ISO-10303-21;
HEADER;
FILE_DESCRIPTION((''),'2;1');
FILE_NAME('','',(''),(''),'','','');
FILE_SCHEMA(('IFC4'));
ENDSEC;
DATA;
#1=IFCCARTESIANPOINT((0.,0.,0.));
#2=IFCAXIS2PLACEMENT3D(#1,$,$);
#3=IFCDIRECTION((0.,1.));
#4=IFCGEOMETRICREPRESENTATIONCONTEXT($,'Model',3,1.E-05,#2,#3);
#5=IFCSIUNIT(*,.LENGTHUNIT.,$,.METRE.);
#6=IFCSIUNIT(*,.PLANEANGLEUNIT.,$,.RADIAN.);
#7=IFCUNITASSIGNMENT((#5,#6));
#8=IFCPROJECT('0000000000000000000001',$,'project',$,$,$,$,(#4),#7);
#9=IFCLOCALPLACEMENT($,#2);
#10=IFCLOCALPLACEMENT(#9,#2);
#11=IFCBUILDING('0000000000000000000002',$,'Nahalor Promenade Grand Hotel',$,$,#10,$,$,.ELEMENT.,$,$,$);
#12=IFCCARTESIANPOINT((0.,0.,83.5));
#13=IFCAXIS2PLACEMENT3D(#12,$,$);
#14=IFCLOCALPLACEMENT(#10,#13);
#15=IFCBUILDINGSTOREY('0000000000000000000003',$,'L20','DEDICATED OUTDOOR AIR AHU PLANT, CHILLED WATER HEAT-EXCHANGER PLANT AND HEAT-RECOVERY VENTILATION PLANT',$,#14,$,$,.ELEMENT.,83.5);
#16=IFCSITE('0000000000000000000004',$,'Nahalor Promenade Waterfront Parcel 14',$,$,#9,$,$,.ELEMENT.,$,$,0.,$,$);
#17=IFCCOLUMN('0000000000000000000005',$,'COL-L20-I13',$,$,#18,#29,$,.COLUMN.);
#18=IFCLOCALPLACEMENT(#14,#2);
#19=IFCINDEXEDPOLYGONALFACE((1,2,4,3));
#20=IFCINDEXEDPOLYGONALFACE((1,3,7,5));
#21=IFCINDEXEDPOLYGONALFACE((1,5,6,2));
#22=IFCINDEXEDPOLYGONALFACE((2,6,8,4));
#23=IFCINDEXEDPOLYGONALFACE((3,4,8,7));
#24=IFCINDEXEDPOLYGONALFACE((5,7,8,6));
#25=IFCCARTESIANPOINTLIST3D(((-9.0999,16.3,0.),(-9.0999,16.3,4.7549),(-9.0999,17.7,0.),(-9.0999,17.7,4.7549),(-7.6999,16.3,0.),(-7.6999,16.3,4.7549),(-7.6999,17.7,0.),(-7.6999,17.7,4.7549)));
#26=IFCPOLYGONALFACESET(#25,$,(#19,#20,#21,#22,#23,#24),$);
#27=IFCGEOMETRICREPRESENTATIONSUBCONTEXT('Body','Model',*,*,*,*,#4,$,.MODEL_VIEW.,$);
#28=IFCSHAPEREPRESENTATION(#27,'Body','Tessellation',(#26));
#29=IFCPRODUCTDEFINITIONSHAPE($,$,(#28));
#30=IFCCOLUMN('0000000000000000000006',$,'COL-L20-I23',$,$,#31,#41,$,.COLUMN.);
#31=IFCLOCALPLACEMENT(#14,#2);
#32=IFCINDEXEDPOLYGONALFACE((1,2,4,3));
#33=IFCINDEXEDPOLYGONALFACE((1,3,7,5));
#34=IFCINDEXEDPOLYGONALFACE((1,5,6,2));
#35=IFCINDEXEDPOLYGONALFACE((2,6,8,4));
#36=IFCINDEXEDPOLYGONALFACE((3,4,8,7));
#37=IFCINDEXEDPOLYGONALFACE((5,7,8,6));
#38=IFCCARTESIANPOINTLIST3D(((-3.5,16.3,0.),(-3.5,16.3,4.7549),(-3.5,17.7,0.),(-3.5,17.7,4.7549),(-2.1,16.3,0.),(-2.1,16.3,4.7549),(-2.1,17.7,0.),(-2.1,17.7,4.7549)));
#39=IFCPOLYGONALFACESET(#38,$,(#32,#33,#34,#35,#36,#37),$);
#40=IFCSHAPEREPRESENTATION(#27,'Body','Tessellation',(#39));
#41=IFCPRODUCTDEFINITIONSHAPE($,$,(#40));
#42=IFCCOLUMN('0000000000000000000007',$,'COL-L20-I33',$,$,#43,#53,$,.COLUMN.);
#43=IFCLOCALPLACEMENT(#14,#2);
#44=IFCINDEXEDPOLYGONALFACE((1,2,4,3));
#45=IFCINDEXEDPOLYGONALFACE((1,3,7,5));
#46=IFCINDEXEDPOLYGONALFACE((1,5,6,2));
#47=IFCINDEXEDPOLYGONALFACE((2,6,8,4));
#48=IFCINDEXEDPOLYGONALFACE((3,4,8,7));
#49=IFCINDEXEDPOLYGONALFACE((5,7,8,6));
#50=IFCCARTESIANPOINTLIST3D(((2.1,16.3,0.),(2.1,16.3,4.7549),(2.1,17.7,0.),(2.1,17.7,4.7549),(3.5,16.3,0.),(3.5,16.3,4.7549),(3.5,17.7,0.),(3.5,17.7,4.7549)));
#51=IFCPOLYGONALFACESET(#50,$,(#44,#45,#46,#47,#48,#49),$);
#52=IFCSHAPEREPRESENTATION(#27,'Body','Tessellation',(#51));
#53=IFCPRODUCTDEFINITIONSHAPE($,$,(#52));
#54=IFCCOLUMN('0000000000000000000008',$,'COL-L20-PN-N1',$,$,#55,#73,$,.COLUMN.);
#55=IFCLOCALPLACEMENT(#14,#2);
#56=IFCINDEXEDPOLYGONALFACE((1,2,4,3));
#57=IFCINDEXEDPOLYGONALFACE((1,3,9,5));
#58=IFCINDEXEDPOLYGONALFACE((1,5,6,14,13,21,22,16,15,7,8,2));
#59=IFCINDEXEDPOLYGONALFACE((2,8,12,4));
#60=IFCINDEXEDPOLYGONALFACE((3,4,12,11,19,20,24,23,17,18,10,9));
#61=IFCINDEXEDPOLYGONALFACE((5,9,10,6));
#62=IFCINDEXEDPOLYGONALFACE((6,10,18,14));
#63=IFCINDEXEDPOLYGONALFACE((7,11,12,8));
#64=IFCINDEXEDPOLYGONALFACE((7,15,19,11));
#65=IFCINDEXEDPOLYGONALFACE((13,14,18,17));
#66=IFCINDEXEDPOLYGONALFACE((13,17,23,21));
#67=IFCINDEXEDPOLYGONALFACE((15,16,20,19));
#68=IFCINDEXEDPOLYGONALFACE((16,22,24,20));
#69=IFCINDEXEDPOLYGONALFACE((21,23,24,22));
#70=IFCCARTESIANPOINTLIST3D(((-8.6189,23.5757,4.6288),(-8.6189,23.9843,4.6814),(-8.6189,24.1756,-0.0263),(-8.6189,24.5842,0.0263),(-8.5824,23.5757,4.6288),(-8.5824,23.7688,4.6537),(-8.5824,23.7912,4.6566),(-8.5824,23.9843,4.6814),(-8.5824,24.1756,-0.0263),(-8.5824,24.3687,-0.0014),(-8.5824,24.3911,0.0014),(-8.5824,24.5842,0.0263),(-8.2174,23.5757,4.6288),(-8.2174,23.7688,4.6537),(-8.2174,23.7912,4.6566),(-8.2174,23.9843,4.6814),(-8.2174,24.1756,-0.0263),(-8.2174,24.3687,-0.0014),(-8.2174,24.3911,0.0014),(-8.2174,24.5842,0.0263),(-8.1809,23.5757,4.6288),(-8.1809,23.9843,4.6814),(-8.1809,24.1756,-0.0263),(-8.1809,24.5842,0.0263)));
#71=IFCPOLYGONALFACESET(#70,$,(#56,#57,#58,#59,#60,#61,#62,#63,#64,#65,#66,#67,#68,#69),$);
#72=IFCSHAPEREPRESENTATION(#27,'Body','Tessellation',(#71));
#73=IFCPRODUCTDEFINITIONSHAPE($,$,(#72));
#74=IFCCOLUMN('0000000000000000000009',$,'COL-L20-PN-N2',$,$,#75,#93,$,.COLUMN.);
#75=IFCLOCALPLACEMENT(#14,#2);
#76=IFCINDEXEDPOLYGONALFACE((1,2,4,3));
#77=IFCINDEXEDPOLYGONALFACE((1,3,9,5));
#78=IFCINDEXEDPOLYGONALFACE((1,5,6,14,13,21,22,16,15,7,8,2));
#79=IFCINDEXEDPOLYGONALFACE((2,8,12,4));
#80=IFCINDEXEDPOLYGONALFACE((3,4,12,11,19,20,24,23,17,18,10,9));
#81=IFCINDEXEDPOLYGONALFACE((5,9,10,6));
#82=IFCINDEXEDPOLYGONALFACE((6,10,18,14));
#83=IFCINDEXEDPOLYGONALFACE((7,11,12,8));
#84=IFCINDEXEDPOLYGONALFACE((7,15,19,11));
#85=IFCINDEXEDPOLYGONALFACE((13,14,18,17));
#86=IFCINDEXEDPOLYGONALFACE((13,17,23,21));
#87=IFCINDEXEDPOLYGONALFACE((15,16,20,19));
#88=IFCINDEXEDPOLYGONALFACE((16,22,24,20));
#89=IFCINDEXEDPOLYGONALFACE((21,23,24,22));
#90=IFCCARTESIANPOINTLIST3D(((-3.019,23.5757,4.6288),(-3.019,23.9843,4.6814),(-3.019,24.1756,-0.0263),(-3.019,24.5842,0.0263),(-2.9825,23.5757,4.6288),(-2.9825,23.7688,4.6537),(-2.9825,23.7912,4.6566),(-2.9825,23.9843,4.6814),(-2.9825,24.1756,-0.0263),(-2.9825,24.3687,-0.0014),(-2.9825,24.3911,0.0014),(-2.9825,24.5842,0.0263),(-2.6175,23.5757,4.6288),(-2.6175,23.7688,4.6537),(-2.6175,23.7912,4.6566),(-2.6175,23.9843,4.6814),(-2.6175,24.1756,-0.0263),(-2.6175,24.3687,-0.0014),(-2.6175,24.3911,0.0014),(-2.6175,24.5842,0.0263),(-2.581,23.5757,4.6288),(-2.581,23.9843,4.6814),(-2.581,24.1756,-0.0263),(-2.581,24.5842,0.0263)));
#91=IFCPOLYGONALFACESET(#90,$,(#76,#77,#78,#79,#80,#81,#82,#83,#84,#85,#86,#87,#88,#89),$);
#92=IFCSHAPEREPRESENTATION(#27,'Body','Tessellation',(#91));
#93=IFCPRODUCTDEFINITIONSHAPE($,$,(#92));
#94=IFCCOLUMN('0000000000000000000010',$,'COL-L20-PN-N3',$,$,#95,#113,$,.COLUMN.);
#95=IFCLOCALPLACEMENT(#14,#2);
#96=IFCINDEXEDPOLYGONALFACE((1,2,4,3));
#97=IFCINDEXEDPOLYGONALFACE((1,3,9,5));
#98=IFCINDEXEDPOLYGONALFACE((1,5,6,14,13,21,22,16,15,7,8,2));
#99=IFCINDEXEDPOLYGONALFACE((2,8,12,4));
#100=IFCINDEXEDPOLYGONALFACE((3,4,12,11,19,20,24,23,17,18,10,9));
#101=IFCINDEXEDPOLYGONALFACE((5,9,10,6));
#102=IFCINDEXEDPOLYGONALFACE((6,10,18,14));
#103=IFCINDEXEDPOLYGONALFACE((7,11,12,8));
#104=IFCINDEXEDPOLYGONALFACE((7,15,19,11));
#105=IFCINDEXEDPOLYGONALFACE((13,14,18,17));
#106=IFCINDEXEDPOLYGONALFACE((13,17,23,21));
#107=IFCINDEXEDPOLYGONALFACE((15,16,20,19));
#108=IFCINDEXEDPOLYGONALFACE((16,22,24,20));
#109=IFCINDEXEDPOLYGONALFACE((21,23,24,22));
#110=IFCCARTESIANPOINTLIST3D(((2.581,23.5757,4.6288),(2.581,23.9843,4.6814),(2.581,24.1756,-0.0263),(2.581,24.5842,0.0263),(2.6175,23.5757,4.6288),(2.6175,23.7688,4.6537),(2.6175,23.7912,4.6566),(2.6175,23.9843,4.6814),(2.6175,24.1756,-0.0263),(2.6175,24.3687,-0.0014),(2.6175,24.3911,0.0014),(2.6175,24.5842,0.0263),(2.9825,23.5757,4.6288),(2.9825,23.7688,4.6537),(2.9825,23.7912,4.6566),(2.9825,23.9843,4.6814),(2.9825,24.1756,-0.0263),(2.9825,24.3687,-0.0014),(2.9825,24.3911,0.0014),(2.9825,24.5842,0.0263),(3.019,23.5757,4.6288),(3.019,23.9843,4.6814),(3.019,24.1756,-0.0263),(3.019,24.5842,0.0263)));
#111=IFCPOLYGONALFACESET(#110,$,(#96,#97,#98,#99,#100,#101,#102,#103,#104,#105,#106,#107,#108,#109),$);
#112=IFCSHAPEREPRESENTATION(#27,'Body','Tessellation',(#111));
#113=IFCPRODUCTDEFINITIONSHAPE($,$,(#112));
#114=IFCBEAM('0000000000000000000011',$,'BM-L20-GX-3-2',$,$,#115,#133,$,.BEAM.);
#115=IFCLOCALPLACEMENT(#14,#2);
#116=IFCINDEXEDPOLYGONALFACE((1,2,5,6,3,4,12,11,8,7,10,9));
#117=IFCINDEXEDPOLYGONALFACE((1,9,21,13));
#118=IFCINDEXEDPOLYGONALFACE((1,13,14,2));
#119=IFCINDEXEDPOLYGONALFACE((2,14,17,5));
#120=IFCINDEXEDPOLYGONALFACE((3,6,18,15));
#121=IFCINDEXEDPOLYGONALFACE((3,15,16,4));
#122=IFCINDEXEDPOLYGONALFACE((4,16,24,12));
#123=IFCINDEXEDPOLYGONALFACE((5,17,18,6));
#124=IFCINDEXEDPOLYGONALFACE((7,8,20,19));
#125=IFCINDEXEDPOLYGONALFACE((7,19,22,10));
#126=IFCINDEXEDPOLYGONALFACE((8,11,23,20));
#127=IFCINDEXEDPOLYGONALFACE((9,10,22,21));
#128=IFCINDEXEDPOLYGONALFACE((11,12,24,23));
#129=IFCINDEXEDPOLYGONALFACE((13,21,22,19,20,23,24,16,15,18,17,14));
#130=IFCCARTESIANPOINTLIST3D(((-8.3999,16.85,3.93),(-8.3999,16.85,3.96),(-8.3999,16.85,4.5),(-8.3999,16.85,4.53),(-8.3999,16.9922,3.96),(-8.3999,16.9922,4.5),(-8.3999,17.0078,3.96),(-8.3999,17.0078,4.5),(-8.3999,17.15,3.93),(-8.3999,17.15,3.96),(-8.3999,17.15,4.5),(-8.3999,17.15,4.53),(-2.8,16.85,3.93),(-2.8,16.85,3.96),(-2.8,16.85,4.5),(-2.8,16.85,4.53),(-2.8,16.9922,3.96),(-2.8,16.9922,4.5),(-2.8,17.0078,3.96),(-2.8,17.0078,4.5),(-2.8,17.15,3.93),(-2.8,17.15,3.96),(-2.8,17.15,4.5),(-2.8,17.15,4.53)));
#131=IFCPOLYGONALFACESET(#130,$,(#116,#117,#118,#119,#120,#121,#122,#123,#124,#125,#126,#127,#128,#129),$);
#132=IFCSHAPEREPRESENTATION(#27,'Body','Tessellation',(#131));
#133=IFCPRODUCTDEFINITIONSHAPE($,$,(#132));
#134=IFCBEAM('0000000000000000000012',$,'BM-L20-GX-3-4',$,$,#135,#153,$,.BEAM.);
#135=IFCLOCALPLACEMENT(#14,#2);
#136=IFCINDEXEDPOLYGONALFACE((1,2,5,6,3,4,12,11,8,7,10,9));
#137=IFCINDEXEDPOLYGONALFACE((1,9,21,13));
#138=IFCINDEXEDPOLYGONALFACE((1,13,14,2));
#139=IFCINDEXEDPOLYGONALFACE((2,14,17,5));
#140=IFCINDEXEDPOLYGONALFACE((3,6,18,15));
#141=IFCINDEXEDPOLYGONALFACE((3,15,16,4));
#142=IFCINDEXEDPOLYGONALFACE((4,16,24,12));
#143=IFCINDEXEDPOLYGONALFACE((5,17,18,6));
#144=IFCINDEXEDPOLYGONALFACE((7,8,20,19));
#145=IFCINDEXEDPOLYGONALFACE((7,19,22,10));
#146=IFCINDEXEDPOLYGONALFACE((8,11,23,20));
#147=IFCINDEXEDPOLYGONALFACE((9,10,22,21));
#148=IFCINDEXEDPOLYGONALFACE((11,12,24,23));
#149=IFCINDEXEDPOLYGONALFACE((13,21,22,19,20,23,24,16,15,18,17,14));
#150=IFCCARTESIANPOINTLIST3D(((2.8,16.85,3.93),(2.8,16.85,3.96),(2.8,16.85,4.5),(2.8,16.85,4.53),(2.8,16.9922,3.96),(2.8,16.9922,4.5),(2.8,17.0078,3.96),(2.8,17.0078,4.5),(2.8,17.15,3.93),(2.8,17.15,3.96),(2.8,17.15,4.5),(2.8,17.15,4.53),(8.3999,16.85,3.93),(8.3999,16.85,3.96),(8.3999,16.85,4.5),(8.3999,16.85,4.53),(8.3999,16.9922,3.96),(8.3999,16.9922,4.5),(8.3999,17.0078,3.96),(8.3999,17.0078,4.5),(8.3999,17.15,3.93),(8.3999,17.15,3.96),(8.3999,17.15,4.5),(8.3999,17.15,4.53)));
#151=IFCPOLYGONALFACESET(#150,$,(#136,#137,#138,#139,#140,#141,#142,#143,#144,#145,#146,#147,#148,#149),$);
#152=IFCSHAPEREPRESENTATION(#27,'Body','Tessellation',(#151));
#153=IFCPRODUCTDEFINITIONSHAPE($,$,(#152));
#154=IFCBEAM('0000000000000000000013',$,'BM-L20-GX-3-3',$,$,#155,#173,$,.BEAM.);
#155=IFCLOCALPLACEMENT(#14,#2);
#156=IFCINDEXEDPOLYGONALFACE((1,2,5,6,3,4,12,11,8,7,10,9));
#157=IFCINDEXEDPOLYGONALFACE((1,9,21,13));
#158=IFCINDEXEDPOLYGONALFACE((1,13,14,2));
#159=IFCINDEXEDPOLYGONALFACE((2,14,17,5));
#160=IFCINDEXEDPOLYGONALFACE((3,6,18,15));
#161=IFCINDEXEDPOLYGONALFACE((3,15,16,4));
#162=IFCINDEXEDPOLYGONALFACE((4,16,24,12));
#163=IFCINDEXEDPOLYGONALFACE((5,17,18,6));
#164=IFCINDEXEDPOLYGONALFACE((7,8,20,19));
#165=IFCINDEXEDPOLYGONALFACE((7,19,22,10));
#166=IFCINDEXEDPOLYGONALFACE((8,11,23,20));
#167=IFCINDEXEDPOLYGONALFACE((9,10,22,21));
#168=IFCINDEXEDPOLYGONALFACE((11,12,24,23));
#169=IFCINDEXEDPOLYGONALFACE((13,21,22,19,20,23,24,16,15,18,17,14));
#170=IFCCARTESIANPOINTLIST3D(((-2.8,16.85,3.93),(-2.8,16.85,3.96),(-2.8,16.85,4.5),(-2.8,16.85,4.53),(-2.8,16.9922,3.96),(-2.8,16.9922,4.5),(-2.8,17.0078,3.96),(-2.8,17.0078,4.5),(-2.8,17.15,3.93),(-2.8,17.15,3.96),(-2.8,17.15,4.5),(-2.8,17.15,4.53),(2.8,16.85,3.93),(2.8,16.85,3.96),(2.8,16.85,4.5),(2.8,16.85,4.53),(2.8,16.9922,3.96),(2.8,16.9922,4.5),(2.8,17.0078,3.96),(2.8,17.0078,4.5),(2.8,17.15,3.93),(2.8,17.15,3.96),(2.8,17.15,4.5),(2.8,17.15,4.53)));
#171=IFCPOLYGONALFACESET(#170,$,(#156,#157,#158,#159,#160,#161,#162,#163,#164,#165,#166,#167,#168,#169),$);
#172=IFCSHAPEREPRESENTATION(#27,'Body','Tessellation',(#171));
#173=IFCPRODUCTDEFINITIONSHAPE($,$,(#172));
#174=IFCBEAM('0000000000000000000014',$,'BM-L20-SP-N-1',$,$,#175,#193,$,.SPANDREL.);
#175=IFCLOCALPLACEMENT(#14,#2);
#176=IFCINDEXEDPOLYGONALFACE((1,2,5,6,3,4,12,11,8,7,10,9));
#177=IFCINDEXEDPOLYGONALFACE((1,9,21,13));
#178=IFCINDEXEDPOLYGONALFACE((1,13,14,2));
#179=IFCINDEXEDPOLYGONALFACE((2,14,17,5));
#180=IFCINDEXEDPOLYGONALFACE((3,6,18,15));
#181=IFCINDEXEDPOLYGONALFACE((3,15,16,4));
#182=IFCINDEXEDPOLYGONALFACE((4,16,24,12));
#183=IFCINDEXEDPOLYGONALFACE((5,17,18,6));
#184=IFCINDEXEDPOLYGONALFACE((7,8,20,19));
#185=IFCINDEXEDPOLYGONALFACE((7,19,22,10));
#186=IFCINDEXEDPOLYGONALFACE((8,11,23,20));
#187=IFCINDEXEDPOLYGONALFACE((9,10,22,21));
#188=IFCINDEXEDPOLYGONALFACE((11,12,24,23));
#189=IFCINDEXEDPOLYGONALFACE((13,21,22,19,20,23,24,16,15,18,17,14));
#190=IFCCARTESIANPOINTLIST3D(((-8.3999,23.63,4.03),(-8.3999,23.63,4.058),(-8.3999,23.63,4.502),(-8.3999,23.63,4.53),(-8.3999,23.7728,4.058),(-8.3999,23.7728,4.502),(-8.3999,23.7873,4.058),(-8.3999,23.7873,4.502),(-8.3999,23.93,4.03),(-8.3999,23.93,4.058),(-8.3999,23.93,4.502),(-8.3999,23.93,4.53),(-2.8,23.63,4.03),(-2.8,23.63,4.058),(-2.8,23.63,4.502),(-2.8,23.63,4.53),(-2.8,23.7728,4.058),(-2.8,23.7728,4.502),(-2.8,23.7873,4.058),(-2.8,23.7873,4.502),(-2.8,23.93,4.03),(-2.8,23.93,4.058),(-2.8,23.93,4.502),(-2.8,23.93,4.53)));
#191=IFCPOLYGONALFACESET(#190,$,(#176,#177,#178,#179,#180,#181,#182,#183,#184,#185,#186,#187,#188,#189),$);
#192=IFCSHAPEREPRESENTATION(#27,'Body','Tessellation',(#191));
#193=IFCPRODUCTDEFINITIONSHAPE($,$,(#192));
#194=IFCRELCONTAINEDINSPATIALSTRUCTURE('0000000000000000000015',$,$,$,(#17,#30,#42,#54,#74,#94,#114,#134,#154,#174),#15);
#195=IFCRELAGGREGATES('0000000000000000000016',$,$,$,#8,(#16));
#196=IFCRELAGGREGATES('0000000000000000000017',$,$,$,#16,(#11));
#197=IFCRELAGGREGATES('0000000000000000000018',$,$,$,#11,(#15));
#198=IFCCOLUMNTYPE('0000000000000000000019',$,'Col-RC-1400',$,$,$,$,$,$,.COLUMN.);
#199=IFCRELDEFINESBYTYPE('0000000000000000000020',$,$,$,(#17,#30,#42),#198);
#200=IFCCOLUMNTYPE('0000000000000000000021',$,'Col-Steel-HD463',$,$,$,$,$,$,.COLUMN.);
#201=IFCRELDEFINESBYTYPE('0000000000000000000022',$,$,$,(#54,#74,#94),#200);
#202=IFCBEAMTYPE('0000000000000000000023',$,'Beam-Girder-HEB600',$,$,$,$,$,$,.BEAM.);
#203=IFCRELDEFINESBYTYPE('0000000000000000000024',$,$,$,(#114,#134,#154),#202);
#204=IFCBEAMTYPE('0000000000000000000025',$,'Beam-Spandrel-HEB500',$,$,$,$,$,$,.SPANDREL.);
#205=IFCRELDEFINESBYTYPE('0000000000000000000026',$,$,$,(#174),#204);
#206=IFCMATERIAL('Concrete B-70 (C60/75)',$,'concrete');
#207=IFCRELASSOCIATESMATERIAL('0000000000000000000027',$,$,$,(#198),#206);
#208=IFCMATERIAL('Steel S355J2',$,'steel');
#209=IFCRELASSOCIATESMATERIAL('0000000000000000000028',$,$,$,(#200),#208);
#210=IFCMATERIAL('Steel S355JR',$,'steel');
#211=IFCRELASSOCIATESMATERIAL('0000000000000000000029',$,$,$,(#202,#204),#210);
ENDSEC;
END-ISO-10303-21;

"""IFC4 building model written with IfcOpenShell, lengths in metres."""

from ifc_helpers import new_model, si_unit, direction, frame, origin, origin_2d, place, context, subcontext, project, spatial, rectangle, i_section, extrude, source, transform, mapped, material, material_profile, profile_set, type_object, element, save


model = new_model("IFC4")

# Units and contexts
model_context = context("Model", 3, precision=1e-05, world=origin(), true_north=direction((0.0, 1.0)))
body_context = subcontext(model_context, "Body", "Model", "MODEL_VIEW")
ifc_project = project(units=[si_unit("LENGTHUNIT", "METRE"), si_unit("PLANEANGLEUNIT", "RADIAN")], contexts=[model_context])

# Site, building, storey
site_placement = place(None, origin())
site = spatial("IfcSite", under=ifc_project, at=site_placement, Name="Nahalor Promenade Waterfront Parcel 14", CompositionType="ELEMENT", RefElevation=0.0)
building_placement = place(site_placement, origin())
building = spatial("IfcBuilding", under=site, at=building_placement, Name="Nahalor Promenade Grand Hotel", CompositionType="ELEMENT")
storey_placement = place(building_placement, frame((0.0, 0.0, 83.5)))
storey = spatial("IfcBuildingStorey", under=building, at=storey_placement, Name="L20", Description="DEDICATED OUTDOOR AIR AHU PLANT, CHILLED WATER HEAT-EXCHANGER PLANT AND HEAT-RECOVERY VENTILATION PLANT", CompositionType="ELEMENT", Elevation=83.5)

# Columns
ifc_material_1 = material(Name="Concrete B-70 (C60/75)", Category="concrete")
ifc_material_profile_1 = material_profile(ifc_material_1, rectangle(XDim=1.4, YDim=1.4, at=origin_2d()), Name="RC 1400x1400")
ifc_profile_set_1 = profile_set([ifc_material_profile_1], Name="Concrete B-70 (C60/75)")
column_type_1 = type_object("IfcColumnType", Name="Col-RC-1400", PredefinedType="COLUMN", material=ifc_profile_set_1)
shared_shape_1 = source(origin(), body_context, "Body", "SweptSolid", [
    extrude(rectangle(XDim=1.4, YDim=1.4, at=origin_2d()), origin(), (0.0, 0.0, 1.0), 4.7549),
])
for number, where, z_axis, x_axis, name in (
    (1, (-8.3999, 17.0, 0.0), (0.0, 0.0, 1.0), (1.0, 0.0, 0.0), "COL-L20-I13"),
    (2, (-2.8, 17.0, 0.0), (0.0, 0.0, 1.0), (1.0, 0.0, 0.0), "COL-L20-I23"),
    (3, (2.8, 17.0, 0.0), (0.0, 0.0, 1.0), (1.0, 0.0, 0.0), "COL-L20-I33"),
):
    element("IfcColumn", number, at=place(storey_placement, frame(where, z_axis=z_axis, x_axis=x_axis)), inside=storey, type_object=column_type_1, Name=name, PredefinedType="COLUMN", context=body_context, shape_type="MappedRepresentation", body=[
        mapped(shared_shape_1, transform((0.0, 0.0, 0.0), scale=1.0)),
    ])
ifc_material_2 = material(Name="Steel S355J2", Category="steel")
ifc_material_profile_2 = material_profile(ifc_material_2, i_section(OverallWidth=0.412, OverallDepth=0.438, WebThickness=0.0226, FlangeThickness=0.0365, at=origin_2d()), Name="HD 400x463")
ifc_profile_set_2 = profile_set([ifc_material_profile_2], Name="Steel S355J2")
column_type_2 = type_object("IfcColumnType", Name="Col-Steel-HD463", PredefinedType="COLUMN", material=ifc_profile_set_2)
shared_shape_2 = source(origin(), body_context, "Body", "SweptSolid", [
    extrude(i_section(OverallWidth=0.412, OverallDepth=0.438, WebThickness=0.0226, FlangeThickness=0.0365, at=origin_2d()), origin(), (0.0, 0.0, 1.0), 4.6936),
])
for number, where, z_axis, x_axis, name in (
    (4, (-8.3999, 24.3799, 0.0), (0.0, -0.127805, 0.991799), (0.0, 0.991799, 0.127805), "COL-L20-PN-N1"),
    (5, (-2.8, 24.3799, 0.0), (0.0, -0.127805, 0.991799), (0.0, 0.991799, 0.127805), "COL-L20-PN-N2"),
    (6, (2.8, 24.3799, 0.0), (0.0, -0.127805, 0.991799), (0.0, 0.991799, 0.127805), "COL-L20-PN-N3"),
):
    element("IfcColumn", number, at=place(storey_placement, frame(where, z_axis=z_axis, x_axis=x_axis)), inside=storey, type_object=column_type_2, Name=name, PredefinedType="COLUMN", context=body_context, shape_type="MappedRepresentation", body=[
        mapped(shared_shape_2, transform((0.0, 0.0, 0.0), scale=1.0)),
    ])

# Beams
ifc_material_3 = material(Name="Steel S355JR", Category="steel")
ifc_material_profile_3 = material_profile(ifc_material_3, i_section(OverallWidth=0.3, OverallDepth=0.6, WebThickness=0.0155, FlangeThickness=0.03, at=origin_2d()), Name="HEB 600")
ifc_profile_set_3 = profile_set([ifc_material_profile_3], Name="Steel S355JR")
beam_type_1 = type_object("IfcBeamType", Name="Beam-Girder-HEB600", PredefinedType="BEAM", material=ifc_profile_set_3)
shared_shape_3 = source(origin(), body_context, "Body", "SweptSolid", [
    extrude(i_section(OverallWidth=0.3, OverallDepth=0.6, WebThickness=0.0155, FlangeThickness=0.03, at=origin_2d()), origin(), (0.0, 0.0, 1.0), 5.5999),
])
for number, where, z_axis, x_axis, name in (
    (7, (-8.3999, 17.0, 4.23), (1.0, 0.0, 0.0), (0.0, 1.0, 0.0), "BM-L20-GX-3-2"),
    (8, (2.8, 17.0, 4.23), (1.0, 0.0, 0.0), (0.0, 1.0, 0.0), "BM-L20-GX-3-4"),
):
    element("IfcBeam", number, at=place(storey_placement, frame(where, z_axis=z_axis, x_axis=x_axis)), inside=storey, type_object=beam_type_1, Name=name, PredefinedType="BEAM", context=body_context, shape_type="MappedRepresentation", body=[
        mapped(shared_shape_3, transform((0.0, 0.0, 0.0), scale=1.0)),
    ])
shared_shape_4 = source(origin(), body_context, "Body", "SweptSolid", [
    extrude(i_section(OverallWidth=0.3, OverallDepth=0.6, WebThickness=0.0155, FlangeThickness=0.03, at=origin_2d()), origin(), (0.0, 0.0, 1.0), 5.6001),
])
beam_1_placement = place(storey_placement, frame((-2.8, 17.0, 4.23), z_axis=(1.0, 0.0, 0.0), x_axis=(0.0, 1.0, 0.0)))
element("IfcBeam", 9, at=beam_1_placement, inside=storey, type_object=beam_type_1, Name="BM-L20-GX-3-3", PredefinedType="BEAM", context=body_context, shape_type="MappedRepresentation", body=[
    mapped(shared_shape_4, transform((0.0, 0.0, 0.0), scale=1.0)),
])
ifc_material_profile_4 = material_profile(ifc_material_3, i_section(OverallWidth=0.3, OverallDepth=0.5, WebThickness=0.0145, FlangeThickness=0.028, at=origin_2d()), Name="HEB 500")
ifc_profile_set_4 = profile_set([ifc_material_profile_4], Name="Steel S355JR")
beam_type_2 = type_object("IfcBeamType", Name="Beam-Spandrel-HEB500", PredefinedType="SPANDREL", material=ifc_profile_set_4)
shared_shape_5 = source(origin(), body_context, "Body", "SweptSolid", [
    extrude(i_section(OverallWidth=0.3, OverallDepth=0.5, WebThickness=0.0145, FlangeThickness=0.028, at=origin_2d()), origin(), (0.0, 0.0, 1.0), 5.5999),
])
for number, where, z_axis, x_axis, name in (
    (10, (-8.3999, 23.78, 4.28), (1.0, 0.0, 0.0), (0.0, 1.0, 0.0), "BM-L20-SP-N-1"),
):
    element("IfcBeam", number, at=place(storey_placement, frame(where, z_axis=z_axis, x_axis=x_axis)), inside=storey, type_object=beam_type_2, Name=name, PredefinedType="SPANDREL", context=body_context, shape_type="MappedRepresentation", body=[
        mapped(shared_shape_5, transform((0.0, 0.0, 0.0), scale=1.0)),
    ])

save(model, "model.ifc")
